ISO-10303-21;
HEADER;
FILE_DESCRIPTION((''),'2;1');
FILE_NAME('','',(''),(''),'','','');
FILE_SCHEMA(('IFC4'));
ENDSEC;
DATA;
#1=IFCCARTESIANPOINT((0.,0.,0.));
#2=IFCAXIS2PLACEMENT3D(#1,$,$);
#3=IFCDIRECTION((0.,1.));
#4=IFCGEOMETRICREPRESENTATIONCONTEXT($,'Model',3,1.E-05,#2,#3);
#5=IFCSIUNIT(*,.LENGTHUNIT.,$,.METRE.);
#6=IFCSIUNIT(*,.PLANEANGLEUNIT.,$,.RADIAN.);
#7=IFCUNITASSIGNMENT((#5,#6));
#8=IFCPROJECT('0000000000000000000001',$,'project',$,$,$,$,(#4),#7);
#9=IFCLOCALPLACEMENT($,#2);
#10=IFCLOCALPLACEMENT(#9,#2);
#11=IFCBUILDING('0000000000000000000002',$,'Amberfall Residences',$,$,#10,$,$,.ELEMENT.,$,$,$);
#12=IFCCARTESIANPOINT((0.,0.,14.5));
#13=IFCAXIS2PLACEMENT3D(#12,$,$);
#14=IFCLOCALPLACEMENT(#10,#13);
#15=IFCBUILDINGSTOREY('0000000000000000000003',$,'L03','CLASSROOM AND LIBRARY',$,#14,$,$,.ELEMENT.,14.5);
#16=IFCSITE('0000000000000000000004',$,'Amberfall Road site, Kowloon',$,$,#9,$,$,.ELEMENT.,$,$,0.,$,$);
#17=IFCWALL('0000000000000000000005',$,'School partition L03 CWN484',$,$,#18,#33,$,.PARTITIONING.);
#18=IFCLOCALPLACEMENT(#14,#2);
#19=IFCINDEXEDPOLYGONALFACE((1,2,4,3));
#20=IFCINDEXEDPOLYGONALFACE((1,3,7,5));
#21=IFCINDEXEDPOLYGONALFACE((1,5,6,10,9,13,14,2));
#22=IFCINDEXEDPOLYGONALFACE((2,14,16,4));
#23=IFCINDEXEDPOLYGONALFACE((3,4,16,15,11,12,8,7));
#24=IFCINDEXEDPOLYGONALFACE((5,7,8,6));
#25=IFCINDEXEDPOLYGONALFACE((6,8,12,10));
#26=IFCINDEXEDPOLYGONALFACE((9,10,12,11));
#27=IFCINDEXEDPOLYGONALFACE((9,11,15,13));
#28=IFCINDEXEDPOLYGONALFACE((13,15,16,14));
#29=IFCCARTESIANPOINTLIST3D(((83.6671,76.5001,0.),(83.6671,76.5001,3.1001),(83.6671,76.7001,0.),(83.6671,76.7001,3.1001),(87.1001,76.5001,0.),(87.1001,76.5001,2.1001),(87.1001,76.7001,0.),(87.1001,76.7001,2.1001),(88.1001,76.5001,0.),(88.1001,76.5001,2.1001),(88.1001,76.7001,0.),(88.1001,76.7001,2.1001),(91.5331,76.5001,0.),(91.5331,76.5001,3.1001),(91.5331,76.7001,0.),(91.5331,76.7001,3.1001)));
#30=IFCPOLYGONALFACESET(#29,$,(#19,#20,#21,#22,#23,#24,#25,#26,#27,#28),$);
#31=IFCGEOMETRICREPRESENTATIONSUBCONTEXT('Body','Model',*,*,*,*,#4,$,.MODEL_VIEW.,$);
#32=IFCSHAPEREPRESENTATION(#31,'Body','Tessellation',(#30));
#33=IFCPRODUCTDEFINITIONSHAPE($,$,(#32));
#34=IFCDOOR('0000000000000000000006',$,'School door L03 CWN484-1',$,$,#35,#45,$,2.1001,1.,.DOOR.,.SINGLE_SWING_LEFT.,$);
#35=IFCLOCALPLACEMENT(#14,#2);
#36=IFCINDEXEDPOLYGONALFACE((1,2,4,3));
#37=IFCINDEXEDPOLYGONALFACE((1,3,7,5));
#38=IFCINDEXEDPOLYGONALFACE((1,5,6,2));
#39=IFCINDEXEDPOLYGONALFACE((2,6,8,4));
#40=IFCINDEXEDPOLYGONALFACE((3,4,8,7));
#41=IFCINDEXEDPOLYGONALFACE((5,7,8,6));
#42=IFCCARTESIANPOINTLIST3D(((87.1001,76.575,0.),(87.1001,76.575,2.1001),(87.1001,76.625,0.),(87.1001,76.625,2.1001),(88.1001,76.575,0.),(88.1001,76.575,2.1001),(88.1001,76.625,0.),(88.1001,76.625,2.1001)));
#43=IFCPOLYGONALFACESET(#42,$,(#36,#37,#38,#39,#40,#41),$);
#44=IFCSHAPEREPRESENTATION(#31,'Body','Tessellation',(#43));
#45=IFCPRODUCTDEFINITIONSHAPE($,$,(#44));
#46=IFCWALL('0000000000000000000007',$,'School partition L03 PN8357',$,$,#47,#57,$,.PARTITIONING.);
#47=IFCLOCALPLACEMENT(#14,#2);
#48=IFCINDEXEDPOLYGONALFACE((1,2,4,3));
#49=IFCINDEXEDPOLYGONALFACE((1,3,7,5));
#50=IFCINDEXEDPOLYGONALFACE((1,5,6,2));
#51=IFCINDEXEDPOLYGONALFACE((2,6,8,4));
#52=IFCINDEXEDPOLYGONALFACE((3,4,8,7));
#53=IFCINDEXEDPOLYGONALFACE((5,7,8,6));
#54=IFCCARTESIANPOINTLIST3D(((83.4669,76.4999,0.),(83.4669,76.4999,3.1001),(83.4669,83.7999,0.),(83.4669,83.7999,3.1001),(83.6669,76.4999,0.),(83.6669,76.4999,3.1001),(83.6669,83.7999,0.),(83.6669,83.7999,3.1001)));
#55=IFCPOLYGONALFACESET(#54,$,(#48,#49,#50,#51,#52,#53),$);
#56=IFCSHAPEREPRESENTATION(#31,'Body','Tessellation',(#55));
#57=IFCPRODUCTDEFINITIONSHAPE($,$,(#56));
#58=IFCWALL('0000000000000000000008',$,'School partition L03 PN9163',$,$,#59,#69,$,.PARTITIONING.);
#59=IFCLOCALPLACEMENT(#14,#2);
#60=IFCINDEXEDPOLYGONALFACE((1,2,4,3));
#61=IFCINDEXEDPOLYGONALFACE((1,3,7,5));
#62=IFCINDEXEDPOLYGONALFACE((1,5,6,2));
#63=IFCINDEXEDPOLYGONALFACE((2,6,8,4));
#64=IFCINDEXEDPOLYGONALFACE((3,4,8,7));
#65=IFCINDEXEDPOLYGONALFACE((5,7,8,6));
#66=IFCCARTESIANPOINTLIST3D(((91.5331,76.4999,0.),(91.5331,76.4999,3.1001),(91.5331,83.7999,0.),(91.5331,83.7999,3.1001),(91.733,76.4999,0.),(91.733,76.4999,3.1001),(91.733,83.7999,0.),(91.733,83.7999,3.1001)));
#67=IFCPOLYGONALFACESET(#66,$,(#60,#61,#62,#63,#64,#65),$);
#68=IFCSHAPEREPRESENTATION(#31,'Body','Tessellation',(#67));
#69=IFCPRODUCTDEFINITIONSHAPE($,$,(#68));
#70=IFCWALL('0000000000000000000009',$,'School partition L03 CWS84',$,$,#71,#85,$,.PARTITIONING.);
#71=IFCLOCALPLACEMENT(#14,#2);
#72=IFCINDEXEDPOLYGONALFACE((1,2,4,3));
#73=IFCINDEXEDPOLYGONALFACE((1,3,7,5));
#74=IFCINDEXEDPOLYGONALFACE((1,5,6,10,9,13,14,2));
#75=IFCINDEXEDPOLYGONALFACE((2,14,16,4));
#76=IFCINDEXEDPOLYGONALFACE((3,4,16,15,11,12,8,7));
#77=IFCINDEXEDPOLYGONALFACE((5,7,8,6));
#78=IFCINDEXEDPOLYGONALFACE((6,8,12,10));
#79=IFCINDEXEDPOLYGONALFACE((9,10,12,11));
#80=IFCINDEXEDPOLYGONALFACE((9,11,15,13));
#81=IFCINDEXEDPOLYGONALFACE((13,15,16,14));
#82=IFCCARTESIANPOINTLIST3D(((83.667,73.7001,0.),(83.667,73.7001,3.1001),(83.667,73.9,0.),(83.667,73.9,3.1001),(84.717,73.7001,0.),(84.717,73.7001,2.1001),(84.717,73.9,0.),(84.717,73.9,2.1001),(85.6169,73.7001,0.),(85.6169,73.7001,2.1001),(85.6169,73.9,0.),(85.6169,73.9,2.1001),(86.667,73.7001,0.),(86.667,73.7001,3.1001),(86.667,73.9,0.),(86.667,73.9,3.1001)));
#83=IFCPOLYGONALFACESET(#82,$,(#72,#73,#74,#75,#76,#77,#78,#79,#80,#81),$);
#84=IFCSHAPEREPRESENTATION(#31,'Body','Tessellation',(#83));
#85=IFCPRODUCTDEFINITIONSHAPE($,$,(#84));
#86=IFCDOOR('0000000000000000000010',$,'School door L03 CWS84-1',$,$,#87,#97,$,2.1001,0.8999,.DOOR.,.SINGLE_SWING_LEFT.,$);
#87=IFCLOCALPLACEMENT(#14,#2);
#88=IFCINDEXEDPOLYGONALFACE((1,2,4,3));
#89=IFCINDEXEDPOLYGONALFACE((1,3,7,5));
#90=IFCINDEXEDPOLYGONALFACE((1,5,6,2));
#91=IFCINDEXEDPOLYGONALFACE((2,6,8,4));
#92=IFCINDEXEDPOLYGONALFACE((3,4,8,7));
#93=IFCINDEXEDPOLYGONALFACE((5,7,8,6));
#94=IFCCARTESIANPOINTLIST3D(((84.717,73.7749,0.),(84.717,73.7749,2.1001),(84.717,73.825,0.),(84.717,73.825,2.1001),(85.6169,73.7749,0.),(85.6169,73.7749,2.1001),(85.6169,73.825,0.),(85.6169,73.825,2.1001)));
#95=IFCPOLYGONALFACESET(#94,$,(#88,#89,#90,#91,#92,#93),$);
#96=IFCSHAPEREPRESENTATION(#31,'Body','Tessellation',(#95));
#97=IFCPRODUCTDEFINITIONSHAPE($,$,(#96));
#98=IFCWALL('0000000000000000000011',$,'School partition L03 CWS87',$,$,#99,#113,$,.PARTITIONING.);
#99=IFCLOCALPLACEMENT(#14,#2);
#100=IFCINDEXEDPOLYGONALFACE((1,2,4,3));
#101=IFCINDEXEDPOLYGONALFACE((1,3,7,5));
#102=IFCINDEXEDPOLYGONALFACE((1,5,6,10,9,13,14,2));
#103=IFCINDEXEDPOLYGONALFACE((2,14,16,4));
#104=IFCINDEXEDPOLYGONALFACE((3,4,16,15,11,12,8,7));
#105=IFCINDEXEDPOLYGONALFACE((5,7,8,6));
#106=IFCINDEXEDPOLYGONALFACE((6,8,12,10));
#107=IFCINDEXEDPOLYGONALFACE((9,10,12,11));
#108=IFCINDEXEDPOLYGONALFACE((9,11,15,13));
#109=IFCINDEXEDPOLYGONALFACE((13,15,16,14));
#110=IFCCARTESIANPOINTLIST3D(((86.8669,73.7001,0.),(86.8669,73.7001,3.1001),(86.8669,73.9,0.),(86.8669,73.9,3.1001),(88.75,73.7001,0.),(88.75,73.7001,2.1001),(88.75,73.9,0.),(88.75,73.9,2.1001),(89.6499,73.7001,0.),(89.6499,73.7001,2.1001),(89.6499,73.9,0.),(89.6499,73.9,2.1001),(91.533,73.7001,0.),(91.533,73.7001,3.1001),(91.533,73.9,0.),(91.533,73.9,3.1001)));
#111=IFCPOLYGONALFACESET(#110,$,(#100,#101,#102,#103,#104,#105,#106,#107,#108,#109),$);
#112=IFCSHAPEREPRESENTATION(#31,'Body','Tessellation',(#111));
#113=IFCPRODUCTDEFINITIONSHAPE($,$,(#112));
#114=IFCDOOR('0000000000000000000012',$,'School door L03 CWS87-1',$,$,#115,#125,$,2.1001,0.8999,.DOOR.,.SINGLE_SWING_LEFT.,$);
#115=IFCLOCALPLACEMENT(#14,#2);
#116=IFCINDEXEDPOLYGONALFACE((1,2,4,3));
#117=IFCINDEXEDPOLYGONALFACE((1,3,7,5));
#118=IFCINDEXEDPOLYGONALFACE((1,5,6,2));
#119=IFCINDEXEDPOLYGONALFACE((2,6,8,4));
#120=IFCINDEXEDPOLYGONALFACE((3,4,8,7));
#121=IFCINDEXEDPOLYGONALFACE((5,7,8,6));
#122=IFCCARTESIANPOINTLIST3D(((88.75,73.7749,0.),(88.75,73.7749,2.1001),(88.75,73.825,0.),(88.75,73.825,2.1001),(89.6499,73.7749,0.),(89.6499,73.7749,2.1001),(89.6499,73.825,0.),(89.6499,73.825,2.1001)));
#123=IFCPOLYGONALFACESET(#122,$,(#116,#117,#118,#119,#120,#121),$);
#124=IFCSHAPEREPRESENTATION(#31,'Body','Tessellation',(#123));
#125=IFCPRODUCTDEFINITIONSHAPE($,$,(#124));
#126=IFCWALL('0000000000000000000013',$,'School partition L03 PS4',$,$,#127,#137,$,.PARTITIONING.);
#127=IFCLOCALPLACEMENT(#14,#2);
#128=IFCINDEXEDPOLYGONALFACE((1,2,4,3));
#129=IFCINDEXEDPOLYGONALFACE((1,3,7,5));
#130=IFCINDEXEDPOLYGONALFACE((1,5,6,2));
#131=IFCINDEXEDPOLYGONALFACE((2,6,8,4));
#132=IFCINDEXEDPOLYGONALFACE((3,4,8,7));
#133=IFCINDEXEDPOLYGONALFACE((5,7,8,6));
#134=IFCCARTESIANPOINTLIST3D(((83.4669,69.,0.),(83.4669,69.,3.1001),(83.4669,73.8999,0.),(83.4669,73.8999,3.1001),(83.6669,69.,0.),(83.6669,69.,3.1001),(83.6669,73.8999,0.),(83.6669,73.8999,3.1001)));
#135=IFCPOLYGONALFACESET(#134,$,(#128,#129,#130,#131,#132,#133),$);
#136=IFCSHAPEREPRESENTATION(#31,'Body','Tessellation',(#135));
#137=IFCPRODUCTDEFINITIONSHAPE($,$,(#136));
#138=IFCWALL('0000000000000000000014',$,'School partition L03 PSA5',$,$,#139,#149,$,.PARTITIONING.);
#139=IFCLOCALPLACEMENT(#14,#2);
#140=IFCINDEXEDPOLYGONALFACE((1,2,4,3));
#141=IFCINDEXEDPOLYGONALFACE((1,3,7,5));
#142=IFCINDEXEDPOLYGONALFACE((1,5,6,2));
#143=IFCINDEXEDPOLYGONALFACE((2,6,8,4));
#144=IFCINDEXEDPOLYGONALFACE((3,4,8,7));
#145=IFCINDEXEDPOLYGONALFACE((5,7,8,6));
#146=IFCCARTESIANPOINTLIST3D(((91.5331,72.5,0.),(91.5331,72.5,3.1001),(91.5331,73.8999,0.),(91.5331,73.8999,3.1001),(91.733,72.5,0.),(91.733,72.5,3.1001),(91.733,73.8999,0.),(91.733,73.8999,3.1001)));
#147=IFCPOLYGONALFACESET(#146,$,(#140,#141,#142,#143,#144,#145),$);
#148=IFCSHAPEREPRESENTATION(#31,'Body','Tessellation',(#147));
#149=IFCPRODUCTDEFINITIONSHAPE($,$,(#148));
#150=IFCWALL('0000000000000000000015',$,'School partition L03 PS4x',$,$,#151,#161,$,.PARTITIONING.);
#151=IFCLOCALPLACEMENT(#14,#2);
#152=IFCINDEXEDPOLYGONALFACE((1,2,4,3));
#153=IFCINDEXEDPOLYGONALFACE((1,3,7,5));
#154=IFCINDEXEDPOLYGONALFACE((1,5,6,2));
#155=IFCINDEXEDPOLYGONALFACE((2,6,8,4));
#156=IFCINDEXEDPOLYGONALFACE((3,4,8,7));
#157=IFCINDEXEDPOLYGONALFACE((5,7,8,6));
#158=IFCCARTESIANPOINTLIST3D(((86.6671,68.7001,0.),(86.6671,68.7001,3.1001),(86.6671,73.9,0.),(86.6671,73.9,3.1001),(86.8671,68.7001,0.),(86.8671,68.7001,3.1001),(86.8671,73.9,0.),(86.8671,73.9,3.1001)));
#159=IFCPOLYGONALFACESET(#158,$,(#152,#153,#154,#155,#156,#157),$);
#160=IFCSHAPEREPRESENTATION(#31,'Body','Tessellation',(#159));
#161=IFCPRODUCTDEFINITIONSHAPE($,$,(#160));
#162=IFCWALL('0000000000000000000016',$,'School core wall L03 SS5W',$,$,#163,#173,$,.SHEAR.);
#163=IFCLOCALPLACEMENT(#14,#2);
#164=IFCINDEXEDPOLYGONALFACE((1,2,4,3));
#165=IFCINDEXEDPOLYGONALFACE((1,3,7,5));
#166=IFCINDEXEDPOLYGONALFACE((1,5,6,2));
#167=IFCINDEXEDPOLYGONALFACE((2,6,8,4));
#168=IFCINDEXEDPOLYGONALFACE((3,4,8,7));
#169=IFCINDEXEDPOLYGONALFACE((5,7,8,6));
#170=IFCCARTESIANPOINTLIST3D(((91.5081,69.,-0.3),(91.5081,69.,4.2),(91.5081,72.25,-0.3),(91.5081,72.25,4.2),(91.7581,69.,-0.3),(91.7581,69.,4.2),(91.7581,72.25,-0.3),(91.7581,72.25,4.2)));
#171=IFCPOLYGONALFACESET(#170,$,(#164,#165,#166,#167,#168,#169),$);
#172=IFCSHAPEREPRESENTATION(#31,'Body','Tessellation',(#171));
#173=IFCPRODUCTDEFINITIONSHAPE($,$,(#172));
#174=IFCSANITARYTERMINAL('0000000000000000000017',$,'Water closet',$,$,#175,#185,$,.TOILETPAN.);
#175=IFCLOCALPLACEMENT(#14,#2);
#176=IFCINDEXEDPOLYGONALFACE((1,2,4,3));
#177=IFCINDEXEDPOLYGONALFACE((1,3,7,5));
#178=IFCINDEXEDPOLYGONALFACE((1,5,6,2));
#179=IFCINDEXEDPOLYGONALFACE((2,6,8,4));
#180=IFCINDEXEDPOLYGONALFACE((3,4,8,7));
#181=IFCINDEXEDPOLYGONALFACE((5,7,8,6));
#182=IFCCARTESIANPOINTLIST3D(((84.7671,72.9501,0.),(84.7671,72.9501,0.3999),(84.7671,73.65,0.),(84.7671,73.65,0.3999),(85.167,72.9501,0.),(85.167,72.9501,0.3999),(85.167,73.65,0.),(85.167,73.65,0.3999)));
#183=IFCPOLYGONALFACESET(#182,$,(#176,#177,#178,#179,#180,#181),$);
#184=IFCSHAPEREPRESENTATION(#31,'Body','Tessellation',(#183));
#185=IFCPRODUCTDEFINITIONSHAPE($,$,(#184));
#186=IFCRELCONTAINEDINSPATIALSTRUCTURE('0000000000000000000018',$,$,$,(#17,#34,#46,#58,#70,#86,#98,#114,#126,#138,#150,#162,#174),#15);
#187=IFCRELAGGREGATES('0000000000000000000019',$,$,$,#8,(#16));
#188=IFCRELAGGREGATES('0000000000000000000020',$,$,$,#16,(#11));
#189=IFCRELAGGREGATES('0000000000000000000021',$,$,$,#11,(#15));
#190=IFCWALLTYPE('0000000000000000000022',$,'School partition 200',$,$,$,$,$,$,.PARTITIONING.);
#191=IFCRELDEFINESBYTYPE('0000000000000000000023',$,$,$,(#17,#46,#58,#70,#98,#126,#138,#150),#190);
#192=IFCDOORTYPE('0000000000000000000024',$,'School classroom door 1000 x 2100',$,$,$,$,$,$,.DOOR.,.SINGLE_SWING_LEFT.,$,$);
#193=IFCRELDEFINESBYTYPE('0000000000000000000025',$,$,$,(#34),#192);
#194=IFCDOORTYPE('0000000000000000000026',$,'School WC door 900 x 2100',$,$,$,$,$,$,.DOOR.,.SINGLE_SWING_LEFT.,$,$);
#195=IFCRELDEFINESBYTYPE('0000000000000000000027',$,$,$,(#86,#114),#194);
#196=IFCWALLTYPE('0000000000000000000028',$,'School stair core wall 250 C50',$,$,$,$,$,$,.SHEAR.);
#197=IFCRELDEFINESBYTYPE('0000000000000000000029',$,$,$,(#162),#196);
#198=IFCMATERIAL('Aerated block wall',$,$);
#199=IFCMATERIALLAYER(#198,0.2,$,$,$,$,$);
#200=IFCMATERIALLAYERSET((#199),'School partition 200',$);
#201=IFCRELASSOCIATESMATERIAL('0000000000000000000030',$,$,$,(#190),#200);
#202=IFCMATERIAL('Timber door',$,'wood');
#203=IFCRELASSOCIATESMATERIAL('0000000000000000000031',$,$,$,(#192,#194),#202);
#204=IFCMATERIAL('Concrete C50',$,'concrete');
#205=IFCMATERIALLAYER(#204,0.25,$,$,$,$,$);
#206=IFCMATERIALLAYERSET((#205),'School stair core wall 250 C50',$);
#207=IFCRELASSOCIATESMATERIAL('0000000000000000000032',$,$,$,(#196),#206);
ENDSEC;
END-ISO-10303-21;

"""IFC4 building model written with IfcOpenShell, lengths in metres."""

from ifc_helpers import new_model, si_unit, direction, frame, frame_2d, origin, origin_2d, place, context, subcontext, project, spatial, rectangle, extrude, material, layer, layer_set, type_object, element, fill, save


model = new_model("IFC4")

# Units and contexts
model_context = context("Model", 3, precision=1e-05, world=origin(), true_north=direction((0.0, 1.0)))
body_context = subcontext(model_context, "Body", "Model", "MODEL_VIEW")
ifc_project = project(units=[si_unit("LENGTHUNIT", "METRE"), si_unit("PLANEANGLEUNIT", "RADIAN")], contexts=[model_context])

# Site, building, storey
site_placement = place(None, origin())
site = spatial("IfcSite", under=ifc_project, at=site_placement, Name="Amberfall Road site, Kowloon", CompositionType="ELEMENT", RefElevation=0.0)
building_placement = place(site_placement, origin())
building = spatial("IfcBuilding", under=site, at=building_placement, Name="Amberfall Residences", CompositionType="ELEMENT")
storey_placement = place(building_placement, frame((0.0, 0.0, 14.5)))
storey = spatial("IfcBuildingStorey", under=building, at=storey_placement, Name="L03", Description="CLASSROOM AND LIBRARY", CompositionType="ELEMENT", Elevation=14.5)

# Shared definitions
ifc_material_1 = material(Name="Aerated block wall")

# Wall, opening, door
ifc_layer_1 = layer(ifc_material_1, 0.2)
ifc_layer_set_1 = layer_set([ifc_layer_1], Name="School partition 200")
wall_type_1 = type_object("IfcWallType", Name="School partition 200", PredefinedType="PARTITIONING", material=ifc_layer_set_1)
wall_1_placement = place(storey_placement, frame((83.667, 76.6001, 0.0), z_axis=(0.0, 0.0, 1.0), x_axis=(1.0, 0.0, 0.0)))
wall_1 = element("IfcWall", 1, at=wall_1_placement, inside=storey, type_object=wall_type_1, Name="School partition L03 CWN484", PredefinedType="PARTITIONING", context=body_context, shape_type="SweptSolid", body=[
    extrude(rectangle(XDim=7.866, YDim=0.2, at=frame_2d((3.9331, 0.0))), origin(), (0.0, 0.0, 1.0), 3.1001),
])
opening_1_placement = place(wall_1_placement, frame((3.4331, 0.0, 0.0)))
opening_1 = element("IfcOpeningElement", 2, at=opening_1_placement, cuts=wall_1, PredefinedType="OPENING", context=body_context, shape_type="SweptSolid", body=[
    extrude(rectangle(XDim=1.0, YDim=2.1001, at=frame_2d((0.5, 1.05))), frame((0.0, 0.1099, 0.0), z_axis=(0.0, -1.0, 0.0), x_axis=(1.0, 0.0, 0.0)), (0.0, 0.0, 1.0), 0.22),
])
ifc_material_2 = material(Name="Timber door", Category="wood")
door_type_1 = type_object("IfcDoorType", Name="School classroom door 1000 x 2100", OperationType="SINGLE_SWING_LEFT", PredefinedType="DOOR", material=ifc_material_2)
door_1_placement = place(opening_1_placement, origin())
door_1 = element("IfcDoor", 3, at=door_1_placement, inside=storey, type_object=door_type_1, Name="School door L03 CWN484-1", OperationType="SINGLE_SWING_LEFT", OverallHeight=2.1001, OverallWidth=1.0, PredefinedType="DOOR", context=body_context, shape_type="SweptSolid", body=[
    extrude(rectangle(XDim=1.0, YDim=2.1001, at=frame_2d((0.5, 1.05))), frame((0.0, 0.0249, 0.0), z_axis=(0.0, -1.0, 0.0), x_axis=(1.0, 0.0, 0.0)), (0.0, 0.0, 1.0), 0.05),
])
fill(opening_1, door_1)

# Walls
for number, where, z_axis, x_axis, name in (
    (4, (83.5669, 76.5, 0.0), (0.0, 0.0, 1.0), (0.0, 1.0, 0.0), "School partition L03 PN8357"),
    (5, (91.6331, 76.5, 0.0), (0.0, 0.0, 1.0), (0.0, 1.0, 0.0), "School partition L03 PN9163"),
):
    element("IfcWall", number, at=place(storey_placement, frame(where, z_axis=z_axis, x_axis=x_axis)), inside=storey, type_object=wall_type_1, Name=name, PredefinedType="PARTITIONING", context=body_context, shape_type="SweptSolid", body=[
        extrude(rectangle(XDim=7.3, YDim=0.2, at=frame_2d((3.6499, 0.0))), origin(), (0.0, 0.0, 1.0), 3.1001),
    ])

# Walls, openings, doors
wall_2_placement = place(storey_placement, frame((83.667, 73.8, 0.0), z_axis=(0.0, 0.0, 1.0), x_axis=(1.0, 0.0, 0.0)))
wall_2 = element("IfcWall", 6, at=wall_2_placement, inside=storey, type_object=wall_type_1, Name="School partition L03 CWS84", PredefinedType="PARTITIONING", context=body_context, shape_type="SweptSolid", body=[
    extrude(rectangle(XDim=3.0, YDim=0.2, at=frame_2d((1.5, 0.0))), origin(), (0.0, 0.0, 1.0), 3.1001),
])
opening_2_placement = place(wall_2_placement, frame((1.05, 0.0, 0.0)))
opening_2 = element("IfcOpeningElement", 7, at=opening_2_placement, cuts=wall_2, PredefinedType="OPENING", context=body_context, shape_type="SweptSolid", body=[
    extrude(rectangle(XDim=0.8999, YDim=2.1001, at=frame_2d((0.45, 1.05))), frame((0.0, 0.1099, 0.0), z_axis=(0.0, -1.0, 0.0), x_axis=(1.0, 0.0, 0.0)), (0.0, 0.0, 1.0), 0.22),
])
door_type_2 = type_object("IfcDoorType", Name="School WC door 900 x 2100", OperationType="SINGLE_SWING_LEFT", PredefinedType="DOOR", material=ifc_material_2)
door_2_placement = place(opening_2_placement, origin())
door_2 = element("IfcDoor", 8, at=door_2_placement, inside=storey, type_object=door_type_2, Name="School door L03 CWS84-1", OperationType="SINGLE_SWING_LEFT", OverallHeight=2.1001, OverallWidth=0.8999, PredefinedType="DOOR", context=body_context, shape_type="SweptSolid", body=[
    extrude(rectangle(XDim=0.8999, YDim=2.1001, at=frame_2d((0.45, 1.05))), frame((0.0, 0.0249, 0.0), z_axis=(0.0, -1.0, 0.0), x_axis=(1.0, 0.0, 0.0)), (0.0, 0.0, 1.0), 0.05),
])
fill(opening_2, door_2)
wall_3_placement = place(storey_placement, frame((86.8669, 73.8, 0.0), z_axis=(0.0, 0.0, 1.0), x_axis=(1.0, 0.0, 0.0)))
wall_3 = element("IfcWall", 9, at=wall_3_placement, inside=storey, type_object=wall_type_1, Name="School partition L03 CWS87", PredefinedType="PARTITIONING", context=body_context, shape_type="SweptSolid", body=[
    extrude(rectangle(XDim=4.666, YDim=0.2, at=frame_2d((2.333, 0.0))), origin(), (0.0, 0.0, 1.0), 3.1001),
])
opening_3_placement = place(wall_3_placement, frame((1.8831, 0.0, 0.0)))
opening_3 = element("IfcOpeningElement", 10, at=opening_3_placement, cuts=wall_3, PredefinedType="OPENING", context=body_context, shape_type="SweptSolid", body=[
    extrude(rectangle(XDim=0.8999, YDim=2.1001, at=frame_2d((0.45, 1.05))), frame((0.0, 0.1099, 0.0), z_axis=(0.0, -1.0, 0.0), x_axis=(1.0, 0.0, 0.0)), (0.0, 0.0, 1.0), 0.22),
])
door_3_placement = place(opening_3_placement, origin())
door_3 = element("IfcDoor", 11, at=door_3_placement, inside=storey, type_object=door_type_2, Name="School door L03 CWS87-1", OperationType="SINGLE_SWING_LEFT", OverallHeight=2.1001, OverallWidth=0.8999, PredefinedType="DOOR", context=body_context, shape_type="SweptSolid", body=[
    extrude(rectangle(XDim=0.8999, YDim=2.1001, at=frame_2d((0.45, 1.05))), frame((0.0, 0.0249, 0.0), z_axis=(0.0, -1.0, 0.0), x_axis=(1.0, 0.0, 0.0)), (0.0, 0.0, 1.0), 0.05),
])
fill(opening_3, door_3)

# Walls
wall_4_placement = place(storey_placement, frame((83.5669, 69.0, 0.0), z_axis=(0.0, 0.0, 1.0), x_axis=(0.0, 1.0, 0.0)))
element("IfcWall", 12, at=wall_4_placement, inside=storey, type_object=wall_type_1, Name="School partition L03 PS4", PredefinedType="PARTITIONING", context=body_context, shape_type="SweptSolid", body=[
    extrude(rectangle(XDim=4.8999, YDim=0.2, at=frame_2d((2.45, 0.0))), origin(), (0.0, 0.0, 1.0), 3.1001),
])
wall_5_placement = place(storey_placement, frame((91.6331, 72.5, 0.0), z_axis=(0.0, 0.0, 1.0), x_axis=(0.0, 1.0, 0.0)))
element("IfcWall", 13, at=wall_5_placement, inside=storey, type_object=wall_type_1, Name="School partition L03 PSA5", PredefinedType="PARTITIONING", context=body_context, shape_type="SweptSolid", body=[
    extrude(rectangle(XDim=1.3999, YDim=0.2, at=frame_2d((0.7, 0.0))), origin(), (0.0, 0.0, 1.0), 3.1001),
])
wall_6_placement = place(storey_placement, frame((86.7671, 68.7, 0.0), z_axis=(0.0, 0.0, 1.0), x_axis=(0.0, 1.0, 0.0)))
element("IfcWall", 14, at=wall_6_placement, inside=storey, type_object=wall_type_1, Name="School partition L03 PS4x", PredefinedType="PARTITIONING", context=body_context, shape_type="SweptSolid", body=[
    extrude(rectangle(XDim=5.2, YDim=0.2, at=frame_2d((2.6001, 0.0))), origin(), (0.0, 0.0, 1.0), 3.1001),
])
ifc_material_3 = material(Name="Concrete C50", Category="concrete")
ifc_layer_2 = layer(ifc_material_3, 0.25)
ifc_layer_set_2 = layer_set([ifc_layer_2], Name="School stair core wall 250 C50")
wall_type_2 = type_object("IfcWallType", Name="School stair core wall 250 C50", PredefinedType="SHEAR", material=ifc_layer_set_2)
wall_7_placement = place(storey_placement, frame((91.6331, 69.0, -0.3), z_axis=(0.0, 0.0, 1.0), x_axis=(0.0, 1.0, 0.0)))
element("IfcWall", 15, at=wall_7_placement, inside=storey, type_object=wall_type_2, Name="School core wall L03 SS5W", PredefinedType="SHEAR", context=body_context, shape_type="SweptSolid", body=[
    extrude(rectangle(XDim=3.25, YDim=0.25, at=frame_2d((1.625, 0.0))), origin(), (0.0, 0.0, 1.0), 4.5),
])

# Sanitary terminal
sanitary_terminal_1_placement = place(storey_placement, frame((84.967, 73.3, 0.0), z_axis=(0.0, 0.0, 1.0), x_axis=(1.0, 0.0, 0.0)))
element("IfcSanitaryTerminal", 16, at=sanitary_terminal_1_placement, inside=storey, Name="Water closet", PredefinedType="TOILETPAN", context=body_context, shape_type="SweptSolid", body=[
    extrude(rectangle(XDim=0.3999, YDim=0.7, at=origin_2d()), origin(), (0.0, 0.0, 1.0), 0.3999),
])

save(model, "model.ifc")
